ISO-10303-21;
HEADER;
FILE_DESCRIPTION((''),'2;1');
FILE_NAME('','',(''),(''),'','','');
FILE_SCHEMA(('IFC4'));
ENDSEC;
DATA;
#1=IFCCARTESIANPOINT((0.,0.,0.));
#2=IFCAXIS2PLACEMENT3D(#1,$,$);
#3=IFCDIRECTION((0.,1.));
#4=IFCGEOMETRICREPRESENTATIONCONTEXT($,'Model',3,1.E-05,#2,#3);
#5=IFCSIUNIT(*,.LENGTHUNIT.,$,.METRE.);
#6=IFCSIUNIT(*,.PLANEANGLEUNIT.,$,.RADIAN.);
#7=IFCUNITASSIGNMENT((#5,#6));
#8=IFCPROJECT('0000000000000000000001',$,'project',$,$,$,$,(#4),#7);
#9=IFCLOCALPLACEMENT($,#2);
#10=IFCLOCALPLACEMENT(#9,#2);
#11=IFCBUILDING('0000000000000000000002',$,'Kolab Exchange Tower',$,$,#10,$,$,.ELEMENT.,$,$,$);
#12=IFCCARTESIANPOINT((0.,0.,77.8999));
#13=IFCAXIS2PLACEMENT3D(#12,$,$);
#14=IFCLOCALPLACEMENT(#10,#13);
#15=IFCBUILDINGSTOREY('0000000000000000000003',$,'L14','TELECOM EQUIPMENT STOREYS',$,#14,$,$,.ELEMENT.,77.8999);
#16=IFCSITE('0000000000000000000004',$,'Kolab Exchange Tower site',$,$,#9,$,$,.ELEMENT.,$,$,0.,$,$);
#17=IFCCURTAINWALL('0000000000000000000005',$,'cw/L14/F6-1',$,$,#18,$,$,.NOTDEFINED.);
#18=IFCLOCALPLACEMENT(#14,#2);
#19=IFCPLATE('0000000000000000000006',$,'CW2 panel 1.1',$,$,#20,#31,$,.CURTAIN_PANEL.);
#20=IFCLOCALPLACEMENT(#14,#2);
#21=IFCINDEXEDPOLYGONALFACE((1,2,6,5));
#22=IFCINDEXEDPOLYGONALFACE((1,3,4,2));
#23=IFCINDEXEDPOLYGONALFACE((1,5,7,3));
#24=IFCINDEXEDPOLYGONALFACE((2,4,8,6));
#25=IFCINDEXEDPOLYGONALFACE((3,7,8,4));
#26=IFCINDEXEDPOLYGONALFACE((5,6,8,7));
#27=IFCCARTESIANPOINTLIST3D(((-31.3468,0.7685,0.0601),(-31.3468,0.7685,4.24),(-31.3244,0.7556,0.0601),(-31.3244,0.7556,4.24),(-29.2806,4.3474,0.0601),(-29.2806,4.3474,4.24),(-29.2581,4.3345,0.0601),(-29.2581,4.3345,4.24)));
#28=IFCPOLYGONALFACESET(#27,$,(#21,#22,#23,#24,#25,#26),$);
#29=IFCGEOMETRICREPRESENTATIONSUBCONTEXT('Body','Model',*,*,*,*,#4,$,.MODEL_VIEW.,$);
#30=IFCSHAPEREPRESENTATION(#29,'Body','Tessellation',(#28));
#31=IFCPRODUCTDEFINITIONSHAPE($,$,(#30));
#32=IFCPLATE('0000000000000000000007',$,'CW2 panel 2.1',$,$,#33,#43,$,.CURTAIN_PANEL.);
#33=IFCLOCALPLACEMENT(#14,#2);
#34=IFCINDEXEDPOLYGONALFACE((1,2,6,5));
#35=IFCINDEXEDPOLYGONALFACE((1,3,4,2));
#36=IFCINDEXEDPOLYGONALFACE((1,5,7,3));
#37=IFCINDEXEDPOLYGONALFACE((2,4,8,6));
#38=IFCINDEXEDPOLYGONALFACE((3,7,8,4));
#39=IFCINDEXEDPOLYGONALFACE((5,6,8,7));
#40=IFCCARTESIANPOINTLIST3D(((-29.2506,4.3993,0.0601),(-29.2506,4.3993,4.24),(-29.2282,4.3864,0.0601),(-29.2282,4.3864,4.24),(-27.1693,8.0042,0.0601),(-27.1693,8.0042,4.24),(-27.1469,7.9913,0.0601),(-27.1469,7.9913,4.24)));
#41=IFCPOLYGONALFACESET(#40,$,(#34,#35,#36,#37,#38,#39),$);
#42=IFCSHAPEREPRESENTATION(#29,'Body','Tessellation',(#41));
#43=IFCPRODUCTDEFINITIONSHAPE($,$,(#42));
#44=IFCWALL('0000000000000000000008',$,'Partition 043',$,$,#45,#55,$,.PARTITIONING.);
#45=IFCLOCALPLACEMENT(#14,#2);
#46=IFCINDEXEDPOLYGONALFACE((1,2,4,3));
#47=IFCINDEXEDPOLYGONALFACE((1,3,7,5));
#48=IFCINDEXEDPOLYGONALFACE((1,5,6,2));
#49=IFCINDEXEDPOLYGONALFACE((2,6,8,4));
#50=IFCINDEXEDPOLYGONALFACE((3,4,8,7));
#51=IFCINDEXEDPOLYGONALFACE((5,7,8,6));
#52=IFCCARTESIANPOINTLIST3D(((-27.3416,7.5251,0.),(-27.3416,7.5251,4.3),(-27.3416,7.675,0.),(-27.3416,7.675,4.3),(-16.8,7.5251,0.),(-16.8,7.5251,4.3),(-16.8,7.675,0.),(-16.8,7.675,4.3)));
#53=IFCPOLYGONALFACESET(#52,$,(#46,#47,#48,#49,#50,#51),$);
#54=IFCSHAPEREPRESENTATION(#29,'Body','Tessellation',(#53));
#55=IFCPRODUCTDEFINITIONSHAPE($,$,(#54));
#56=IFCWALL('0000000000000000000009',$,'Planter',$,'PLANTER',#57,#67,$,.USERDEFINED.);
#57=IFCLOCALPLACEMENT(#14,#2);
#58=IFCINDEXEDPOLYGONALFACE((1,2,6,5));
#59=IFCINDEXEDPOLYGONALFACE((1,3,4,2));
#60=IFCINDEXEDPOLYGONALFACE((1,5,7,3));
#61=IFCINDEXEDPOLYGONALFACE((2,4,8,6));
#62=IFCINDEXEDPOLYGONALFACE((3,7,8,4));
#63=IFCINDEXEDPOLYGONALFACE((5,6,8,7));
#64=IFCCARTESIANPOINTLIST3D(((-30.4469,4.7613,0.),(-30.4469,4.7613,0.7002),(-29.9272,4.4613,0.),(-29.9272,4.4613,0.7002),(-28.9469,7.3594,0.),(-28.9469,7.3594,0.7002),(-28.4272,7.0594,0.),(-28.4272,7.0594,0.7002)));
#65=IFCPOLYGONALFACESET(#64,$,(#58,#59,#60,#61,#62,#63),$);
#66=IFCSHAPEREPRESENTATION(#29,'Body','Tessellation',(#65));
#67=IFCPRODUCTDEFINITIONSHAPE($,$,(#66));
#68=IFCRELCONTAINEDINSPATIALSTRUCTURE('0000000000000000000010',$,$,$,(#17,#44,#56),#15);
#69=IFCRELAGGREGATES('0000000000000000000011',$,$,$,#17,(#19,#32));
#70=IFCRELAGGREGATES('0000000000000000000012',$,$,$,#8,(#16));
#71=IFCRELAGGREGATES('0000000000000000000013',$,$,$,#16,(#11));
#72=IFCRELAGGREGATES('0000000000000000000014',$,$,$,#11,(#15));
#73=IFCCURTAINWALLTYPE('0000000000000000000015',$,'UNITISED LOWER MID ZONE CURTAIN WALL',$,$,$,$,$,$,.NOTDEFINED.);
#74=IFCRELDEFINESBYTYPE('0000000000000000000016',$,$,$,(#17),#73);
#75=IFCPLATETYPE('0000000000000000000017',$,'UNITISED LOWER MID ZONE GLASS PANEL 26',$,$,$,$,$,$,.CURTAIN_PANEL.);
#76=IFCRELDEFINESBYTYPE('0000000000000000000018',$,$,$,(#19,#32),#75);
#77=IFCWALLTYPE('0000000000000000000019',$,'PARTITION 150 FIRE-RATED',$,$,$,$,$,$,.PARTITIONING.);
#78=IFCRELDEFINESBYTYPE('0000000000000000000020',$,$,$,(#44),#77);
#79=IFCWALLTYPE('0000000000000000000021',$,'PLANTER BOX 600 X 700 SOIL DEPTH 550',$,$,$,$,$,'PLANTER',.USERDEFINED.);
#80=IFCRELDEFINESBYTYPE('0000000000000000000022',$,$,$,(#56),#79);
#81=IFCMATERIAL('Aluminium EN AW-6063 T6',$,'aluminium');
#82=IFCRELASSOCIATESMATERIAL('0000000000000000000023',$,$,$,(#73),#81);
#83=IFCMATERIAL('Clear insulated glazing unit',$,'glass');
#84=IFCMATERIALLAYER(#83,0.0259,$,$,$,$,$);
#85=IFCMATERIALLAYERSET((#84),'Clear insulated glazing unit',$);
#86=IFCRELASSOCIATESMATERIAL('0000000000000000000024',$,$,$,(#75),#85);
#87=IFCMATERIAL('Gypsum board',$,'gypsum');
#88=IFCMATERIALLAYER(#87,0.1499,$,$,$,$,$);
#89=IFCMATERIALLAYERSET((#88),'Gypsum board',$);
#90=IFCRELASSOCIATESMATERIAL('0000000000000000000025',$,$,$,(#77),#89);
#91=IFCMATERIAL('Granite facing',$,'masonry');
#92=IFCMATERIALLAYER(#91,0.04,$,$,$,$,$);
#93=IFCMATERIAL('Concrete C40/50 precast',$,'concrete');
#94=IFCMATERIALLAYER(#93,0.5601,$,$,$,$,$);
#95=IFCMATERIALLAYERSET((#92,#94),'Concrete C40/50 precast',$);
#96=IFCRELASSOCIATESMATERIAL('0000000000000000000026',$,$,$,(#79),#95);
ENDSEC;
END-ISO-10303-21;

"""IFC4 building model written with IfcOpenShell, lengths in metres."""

from ifc_helpers import new_model, si_unit, direction, frame, frame_2d, origin, origin_2d, place, context, subcontext, project, spatial, rectangle, extrude, material, layer, layer_set, type_object, element, aggregate, save


model = new_model("IFC4")

# Units and contexts
model_context = context("Model", 3, precision=1e-05, world=origin(), true_north=direction((0.0, 1.0)))
body_context = subcontext(model_context, "Body", "Model", "MODEL_VIEW")
ifc_project = project(units=[si_unit("LENGTHUNIT", "METRE"), si_unit("PLANEANGLEUNIT", "RADIAN")], contexts=[model_context])

# Site, building, storey
site_placement = place(None, origin())
site = spatial("IfcSite", under=ifc_project, at=site_placement, Name="Kolab Exchange Tower site", CompositionType="ELEMENT", RefElevation=0.0)
building_placement = place(site_placement, origin())
building = spatial("IfcBuilding", under=site, at=building_placement, Name="Kolab Exchange Tower", CompositionType="ELEMENT")
storey_placement = place(building_placement, frame((0.0, 0.0, 77.8999)))
storey = spatial("IfcBuildingStorey", under=building, at=storey_placement, Name="L14", Description="TELECOM EQUIPMENT STOREYS", CompositionType="ELEMENT", Elevation=77.8999)

# Curtain wall
ifc_material_1 = material(Name="Aluminium EN AW-6063 T6", Category="aluminium")
curtain_wall_type = type_object("IfcCurtainWallType", Name="UNITISED LOWER MID ZONE CURTAIN WALL", PredefinedType="NOTDEFINED", material=ifc_material_1)
curtain_wall_1_placement = place(storey_placement, origin())
curtain_wall_1 = element("IfcCurtainWall", 1, at=curtain_wall_1_placement, inside=storey, type_object=curtain_wall_type, Name="cw/L14/F6-1", PredefinedType="NOTDEFINED")

# Plates
ifc_material_2 = material(Name="Clear insulated glazing unit", Category="glass")
ifc_layer_1 = layer(ifc_material_2, 0.0259)
ifc_layer_set_1 = layer_set([ifc_layer_1], Name="Clear insulated glazing unit")
plate_type_1 = type_object("IfcPlateType", Name="UNITISED LOWER MID ZONE GLASS PANEL 26", PredefinedType="CURTAIN_PANEL", material=ifc_layer_set_1)
plate_1_placement = place(storey_placement, frame((-30.3025, 2.5515, 0.0601), z_axis=(0.0, 0.0, 1.0), x_axis=(0.5, 0.866025, 0.0)))
plate_1 = element("IfcPlate", 2, at=plate_1_placement, type_object=plate_type_1, Name="CW2 panel 1.1", PredefinedType="CURTAIN_PANEL", context=body_context, shape_type="SweptSolid", body=[
    extrude(rectangle(XDim=4.1326, YDim=0.0259, at=origin_2d()), origin(), (0.0, 0.0, 1.0), 4.1799),
])
plate_2_placement = place(storey_placement, frame((-28.1987, 6.1953, 0.0601), z_axis=(0.0, 0.0, 1.0), x_axis=(0.5, 0.866025, 0.0)))
plate_2 = element("IfcPlate", 3, at=plate_2_placement, type_object=plate_type_1, Name="CW2 panel 2.1", PredefinedType="CURTAIN_PANEL", context=body_context, shape_type="SweptSolid", body=[
    extrude(rectangle(XDim=4.1626, YDim=0.0259, at=origin_2d()), origin(), (0.0, 0.0, 1.0), 4.1799),
])
aggregate(curtain_wall_1, [plate_1, plate_2])

# Walls
ifc_material_3 = material(Name="Gypsum board", Category="gypsum")
ifc_layer_2 = layer(ifc_material_3, 0.1499)
ifc_layer_set_2 = layer_set([ifc_layer_2], Name="Gypsum board")
wall_type_1 = type_object("IfcWallType", Name="PARTITION 150 FIRE-RATED", PredefinedType="PARTITIONING", material=ifc_layer_set_2)
wall_1_placement = place(storey_placement, frame((-27.3416, 7.6001, 0.0), z_axis=(0.0, 0.0, 1.0), x_axis=(1.0, 0.0, 0.0)))
element("IfcWall", 4, at=wall_1_placement, inside=storey, type_object=wall_type_1, Name="Partition 043", PredefinedType="PARTITIONING", context=body_context, shape_type="SweptSolid", body=[
    extrude(rectangle(XDim=10.5415, YDim=0.1499, at=frame_2d((5.2708, 0.0))), origin(), (0.0, 0.0, 1.0), 4.3),
])
ifc_material_4 = material(Name="Granite facing", Category="masonry")
ifc_layer_3 = layer(ifc_material_4, 0.04)
ifc_material_5 = material(Name="Concrete C40/50 precast", Category="concrete")
ifc_layer_4 = layer(ifc_material_5, 0.5601)
ifc_layer_set_3 = layer_set([ifc_layer_3, ifc_layer_4], Name="Concrete C40/50 precast")
wall_type_2 = type_object("IfcWallType", Name="PLANTER BOX 600 X 700 SOIL DEPTH 550", ElementType="PLANTER", PredefinedType="USERDEFINED", material=ifc_layer_set_3)
wall_2_placement = place(storey_placement, frame((-30.187, 4.6113, 0.0), z_axis=(0.0, 0.0, 1.0), x_axis=(0.49999, 0.866031, 0.0)))
element("IfcWall", 5, at=wall_2_placement, inside=storey, type_object=wall_type_2, Name="Planter", ObjectType="PLANTER", PredefinedType="USERDEFINED", context=body_context, shape_type="SweptSolid", body=[
    extrude(rectangle(XDim=3.0, YDim=0.6001, at=frame_2d((1.5, 0.0))), origin(), (0.0, 0.0, 1.0), 0.7002),
])

save(model, "model.ifc")
